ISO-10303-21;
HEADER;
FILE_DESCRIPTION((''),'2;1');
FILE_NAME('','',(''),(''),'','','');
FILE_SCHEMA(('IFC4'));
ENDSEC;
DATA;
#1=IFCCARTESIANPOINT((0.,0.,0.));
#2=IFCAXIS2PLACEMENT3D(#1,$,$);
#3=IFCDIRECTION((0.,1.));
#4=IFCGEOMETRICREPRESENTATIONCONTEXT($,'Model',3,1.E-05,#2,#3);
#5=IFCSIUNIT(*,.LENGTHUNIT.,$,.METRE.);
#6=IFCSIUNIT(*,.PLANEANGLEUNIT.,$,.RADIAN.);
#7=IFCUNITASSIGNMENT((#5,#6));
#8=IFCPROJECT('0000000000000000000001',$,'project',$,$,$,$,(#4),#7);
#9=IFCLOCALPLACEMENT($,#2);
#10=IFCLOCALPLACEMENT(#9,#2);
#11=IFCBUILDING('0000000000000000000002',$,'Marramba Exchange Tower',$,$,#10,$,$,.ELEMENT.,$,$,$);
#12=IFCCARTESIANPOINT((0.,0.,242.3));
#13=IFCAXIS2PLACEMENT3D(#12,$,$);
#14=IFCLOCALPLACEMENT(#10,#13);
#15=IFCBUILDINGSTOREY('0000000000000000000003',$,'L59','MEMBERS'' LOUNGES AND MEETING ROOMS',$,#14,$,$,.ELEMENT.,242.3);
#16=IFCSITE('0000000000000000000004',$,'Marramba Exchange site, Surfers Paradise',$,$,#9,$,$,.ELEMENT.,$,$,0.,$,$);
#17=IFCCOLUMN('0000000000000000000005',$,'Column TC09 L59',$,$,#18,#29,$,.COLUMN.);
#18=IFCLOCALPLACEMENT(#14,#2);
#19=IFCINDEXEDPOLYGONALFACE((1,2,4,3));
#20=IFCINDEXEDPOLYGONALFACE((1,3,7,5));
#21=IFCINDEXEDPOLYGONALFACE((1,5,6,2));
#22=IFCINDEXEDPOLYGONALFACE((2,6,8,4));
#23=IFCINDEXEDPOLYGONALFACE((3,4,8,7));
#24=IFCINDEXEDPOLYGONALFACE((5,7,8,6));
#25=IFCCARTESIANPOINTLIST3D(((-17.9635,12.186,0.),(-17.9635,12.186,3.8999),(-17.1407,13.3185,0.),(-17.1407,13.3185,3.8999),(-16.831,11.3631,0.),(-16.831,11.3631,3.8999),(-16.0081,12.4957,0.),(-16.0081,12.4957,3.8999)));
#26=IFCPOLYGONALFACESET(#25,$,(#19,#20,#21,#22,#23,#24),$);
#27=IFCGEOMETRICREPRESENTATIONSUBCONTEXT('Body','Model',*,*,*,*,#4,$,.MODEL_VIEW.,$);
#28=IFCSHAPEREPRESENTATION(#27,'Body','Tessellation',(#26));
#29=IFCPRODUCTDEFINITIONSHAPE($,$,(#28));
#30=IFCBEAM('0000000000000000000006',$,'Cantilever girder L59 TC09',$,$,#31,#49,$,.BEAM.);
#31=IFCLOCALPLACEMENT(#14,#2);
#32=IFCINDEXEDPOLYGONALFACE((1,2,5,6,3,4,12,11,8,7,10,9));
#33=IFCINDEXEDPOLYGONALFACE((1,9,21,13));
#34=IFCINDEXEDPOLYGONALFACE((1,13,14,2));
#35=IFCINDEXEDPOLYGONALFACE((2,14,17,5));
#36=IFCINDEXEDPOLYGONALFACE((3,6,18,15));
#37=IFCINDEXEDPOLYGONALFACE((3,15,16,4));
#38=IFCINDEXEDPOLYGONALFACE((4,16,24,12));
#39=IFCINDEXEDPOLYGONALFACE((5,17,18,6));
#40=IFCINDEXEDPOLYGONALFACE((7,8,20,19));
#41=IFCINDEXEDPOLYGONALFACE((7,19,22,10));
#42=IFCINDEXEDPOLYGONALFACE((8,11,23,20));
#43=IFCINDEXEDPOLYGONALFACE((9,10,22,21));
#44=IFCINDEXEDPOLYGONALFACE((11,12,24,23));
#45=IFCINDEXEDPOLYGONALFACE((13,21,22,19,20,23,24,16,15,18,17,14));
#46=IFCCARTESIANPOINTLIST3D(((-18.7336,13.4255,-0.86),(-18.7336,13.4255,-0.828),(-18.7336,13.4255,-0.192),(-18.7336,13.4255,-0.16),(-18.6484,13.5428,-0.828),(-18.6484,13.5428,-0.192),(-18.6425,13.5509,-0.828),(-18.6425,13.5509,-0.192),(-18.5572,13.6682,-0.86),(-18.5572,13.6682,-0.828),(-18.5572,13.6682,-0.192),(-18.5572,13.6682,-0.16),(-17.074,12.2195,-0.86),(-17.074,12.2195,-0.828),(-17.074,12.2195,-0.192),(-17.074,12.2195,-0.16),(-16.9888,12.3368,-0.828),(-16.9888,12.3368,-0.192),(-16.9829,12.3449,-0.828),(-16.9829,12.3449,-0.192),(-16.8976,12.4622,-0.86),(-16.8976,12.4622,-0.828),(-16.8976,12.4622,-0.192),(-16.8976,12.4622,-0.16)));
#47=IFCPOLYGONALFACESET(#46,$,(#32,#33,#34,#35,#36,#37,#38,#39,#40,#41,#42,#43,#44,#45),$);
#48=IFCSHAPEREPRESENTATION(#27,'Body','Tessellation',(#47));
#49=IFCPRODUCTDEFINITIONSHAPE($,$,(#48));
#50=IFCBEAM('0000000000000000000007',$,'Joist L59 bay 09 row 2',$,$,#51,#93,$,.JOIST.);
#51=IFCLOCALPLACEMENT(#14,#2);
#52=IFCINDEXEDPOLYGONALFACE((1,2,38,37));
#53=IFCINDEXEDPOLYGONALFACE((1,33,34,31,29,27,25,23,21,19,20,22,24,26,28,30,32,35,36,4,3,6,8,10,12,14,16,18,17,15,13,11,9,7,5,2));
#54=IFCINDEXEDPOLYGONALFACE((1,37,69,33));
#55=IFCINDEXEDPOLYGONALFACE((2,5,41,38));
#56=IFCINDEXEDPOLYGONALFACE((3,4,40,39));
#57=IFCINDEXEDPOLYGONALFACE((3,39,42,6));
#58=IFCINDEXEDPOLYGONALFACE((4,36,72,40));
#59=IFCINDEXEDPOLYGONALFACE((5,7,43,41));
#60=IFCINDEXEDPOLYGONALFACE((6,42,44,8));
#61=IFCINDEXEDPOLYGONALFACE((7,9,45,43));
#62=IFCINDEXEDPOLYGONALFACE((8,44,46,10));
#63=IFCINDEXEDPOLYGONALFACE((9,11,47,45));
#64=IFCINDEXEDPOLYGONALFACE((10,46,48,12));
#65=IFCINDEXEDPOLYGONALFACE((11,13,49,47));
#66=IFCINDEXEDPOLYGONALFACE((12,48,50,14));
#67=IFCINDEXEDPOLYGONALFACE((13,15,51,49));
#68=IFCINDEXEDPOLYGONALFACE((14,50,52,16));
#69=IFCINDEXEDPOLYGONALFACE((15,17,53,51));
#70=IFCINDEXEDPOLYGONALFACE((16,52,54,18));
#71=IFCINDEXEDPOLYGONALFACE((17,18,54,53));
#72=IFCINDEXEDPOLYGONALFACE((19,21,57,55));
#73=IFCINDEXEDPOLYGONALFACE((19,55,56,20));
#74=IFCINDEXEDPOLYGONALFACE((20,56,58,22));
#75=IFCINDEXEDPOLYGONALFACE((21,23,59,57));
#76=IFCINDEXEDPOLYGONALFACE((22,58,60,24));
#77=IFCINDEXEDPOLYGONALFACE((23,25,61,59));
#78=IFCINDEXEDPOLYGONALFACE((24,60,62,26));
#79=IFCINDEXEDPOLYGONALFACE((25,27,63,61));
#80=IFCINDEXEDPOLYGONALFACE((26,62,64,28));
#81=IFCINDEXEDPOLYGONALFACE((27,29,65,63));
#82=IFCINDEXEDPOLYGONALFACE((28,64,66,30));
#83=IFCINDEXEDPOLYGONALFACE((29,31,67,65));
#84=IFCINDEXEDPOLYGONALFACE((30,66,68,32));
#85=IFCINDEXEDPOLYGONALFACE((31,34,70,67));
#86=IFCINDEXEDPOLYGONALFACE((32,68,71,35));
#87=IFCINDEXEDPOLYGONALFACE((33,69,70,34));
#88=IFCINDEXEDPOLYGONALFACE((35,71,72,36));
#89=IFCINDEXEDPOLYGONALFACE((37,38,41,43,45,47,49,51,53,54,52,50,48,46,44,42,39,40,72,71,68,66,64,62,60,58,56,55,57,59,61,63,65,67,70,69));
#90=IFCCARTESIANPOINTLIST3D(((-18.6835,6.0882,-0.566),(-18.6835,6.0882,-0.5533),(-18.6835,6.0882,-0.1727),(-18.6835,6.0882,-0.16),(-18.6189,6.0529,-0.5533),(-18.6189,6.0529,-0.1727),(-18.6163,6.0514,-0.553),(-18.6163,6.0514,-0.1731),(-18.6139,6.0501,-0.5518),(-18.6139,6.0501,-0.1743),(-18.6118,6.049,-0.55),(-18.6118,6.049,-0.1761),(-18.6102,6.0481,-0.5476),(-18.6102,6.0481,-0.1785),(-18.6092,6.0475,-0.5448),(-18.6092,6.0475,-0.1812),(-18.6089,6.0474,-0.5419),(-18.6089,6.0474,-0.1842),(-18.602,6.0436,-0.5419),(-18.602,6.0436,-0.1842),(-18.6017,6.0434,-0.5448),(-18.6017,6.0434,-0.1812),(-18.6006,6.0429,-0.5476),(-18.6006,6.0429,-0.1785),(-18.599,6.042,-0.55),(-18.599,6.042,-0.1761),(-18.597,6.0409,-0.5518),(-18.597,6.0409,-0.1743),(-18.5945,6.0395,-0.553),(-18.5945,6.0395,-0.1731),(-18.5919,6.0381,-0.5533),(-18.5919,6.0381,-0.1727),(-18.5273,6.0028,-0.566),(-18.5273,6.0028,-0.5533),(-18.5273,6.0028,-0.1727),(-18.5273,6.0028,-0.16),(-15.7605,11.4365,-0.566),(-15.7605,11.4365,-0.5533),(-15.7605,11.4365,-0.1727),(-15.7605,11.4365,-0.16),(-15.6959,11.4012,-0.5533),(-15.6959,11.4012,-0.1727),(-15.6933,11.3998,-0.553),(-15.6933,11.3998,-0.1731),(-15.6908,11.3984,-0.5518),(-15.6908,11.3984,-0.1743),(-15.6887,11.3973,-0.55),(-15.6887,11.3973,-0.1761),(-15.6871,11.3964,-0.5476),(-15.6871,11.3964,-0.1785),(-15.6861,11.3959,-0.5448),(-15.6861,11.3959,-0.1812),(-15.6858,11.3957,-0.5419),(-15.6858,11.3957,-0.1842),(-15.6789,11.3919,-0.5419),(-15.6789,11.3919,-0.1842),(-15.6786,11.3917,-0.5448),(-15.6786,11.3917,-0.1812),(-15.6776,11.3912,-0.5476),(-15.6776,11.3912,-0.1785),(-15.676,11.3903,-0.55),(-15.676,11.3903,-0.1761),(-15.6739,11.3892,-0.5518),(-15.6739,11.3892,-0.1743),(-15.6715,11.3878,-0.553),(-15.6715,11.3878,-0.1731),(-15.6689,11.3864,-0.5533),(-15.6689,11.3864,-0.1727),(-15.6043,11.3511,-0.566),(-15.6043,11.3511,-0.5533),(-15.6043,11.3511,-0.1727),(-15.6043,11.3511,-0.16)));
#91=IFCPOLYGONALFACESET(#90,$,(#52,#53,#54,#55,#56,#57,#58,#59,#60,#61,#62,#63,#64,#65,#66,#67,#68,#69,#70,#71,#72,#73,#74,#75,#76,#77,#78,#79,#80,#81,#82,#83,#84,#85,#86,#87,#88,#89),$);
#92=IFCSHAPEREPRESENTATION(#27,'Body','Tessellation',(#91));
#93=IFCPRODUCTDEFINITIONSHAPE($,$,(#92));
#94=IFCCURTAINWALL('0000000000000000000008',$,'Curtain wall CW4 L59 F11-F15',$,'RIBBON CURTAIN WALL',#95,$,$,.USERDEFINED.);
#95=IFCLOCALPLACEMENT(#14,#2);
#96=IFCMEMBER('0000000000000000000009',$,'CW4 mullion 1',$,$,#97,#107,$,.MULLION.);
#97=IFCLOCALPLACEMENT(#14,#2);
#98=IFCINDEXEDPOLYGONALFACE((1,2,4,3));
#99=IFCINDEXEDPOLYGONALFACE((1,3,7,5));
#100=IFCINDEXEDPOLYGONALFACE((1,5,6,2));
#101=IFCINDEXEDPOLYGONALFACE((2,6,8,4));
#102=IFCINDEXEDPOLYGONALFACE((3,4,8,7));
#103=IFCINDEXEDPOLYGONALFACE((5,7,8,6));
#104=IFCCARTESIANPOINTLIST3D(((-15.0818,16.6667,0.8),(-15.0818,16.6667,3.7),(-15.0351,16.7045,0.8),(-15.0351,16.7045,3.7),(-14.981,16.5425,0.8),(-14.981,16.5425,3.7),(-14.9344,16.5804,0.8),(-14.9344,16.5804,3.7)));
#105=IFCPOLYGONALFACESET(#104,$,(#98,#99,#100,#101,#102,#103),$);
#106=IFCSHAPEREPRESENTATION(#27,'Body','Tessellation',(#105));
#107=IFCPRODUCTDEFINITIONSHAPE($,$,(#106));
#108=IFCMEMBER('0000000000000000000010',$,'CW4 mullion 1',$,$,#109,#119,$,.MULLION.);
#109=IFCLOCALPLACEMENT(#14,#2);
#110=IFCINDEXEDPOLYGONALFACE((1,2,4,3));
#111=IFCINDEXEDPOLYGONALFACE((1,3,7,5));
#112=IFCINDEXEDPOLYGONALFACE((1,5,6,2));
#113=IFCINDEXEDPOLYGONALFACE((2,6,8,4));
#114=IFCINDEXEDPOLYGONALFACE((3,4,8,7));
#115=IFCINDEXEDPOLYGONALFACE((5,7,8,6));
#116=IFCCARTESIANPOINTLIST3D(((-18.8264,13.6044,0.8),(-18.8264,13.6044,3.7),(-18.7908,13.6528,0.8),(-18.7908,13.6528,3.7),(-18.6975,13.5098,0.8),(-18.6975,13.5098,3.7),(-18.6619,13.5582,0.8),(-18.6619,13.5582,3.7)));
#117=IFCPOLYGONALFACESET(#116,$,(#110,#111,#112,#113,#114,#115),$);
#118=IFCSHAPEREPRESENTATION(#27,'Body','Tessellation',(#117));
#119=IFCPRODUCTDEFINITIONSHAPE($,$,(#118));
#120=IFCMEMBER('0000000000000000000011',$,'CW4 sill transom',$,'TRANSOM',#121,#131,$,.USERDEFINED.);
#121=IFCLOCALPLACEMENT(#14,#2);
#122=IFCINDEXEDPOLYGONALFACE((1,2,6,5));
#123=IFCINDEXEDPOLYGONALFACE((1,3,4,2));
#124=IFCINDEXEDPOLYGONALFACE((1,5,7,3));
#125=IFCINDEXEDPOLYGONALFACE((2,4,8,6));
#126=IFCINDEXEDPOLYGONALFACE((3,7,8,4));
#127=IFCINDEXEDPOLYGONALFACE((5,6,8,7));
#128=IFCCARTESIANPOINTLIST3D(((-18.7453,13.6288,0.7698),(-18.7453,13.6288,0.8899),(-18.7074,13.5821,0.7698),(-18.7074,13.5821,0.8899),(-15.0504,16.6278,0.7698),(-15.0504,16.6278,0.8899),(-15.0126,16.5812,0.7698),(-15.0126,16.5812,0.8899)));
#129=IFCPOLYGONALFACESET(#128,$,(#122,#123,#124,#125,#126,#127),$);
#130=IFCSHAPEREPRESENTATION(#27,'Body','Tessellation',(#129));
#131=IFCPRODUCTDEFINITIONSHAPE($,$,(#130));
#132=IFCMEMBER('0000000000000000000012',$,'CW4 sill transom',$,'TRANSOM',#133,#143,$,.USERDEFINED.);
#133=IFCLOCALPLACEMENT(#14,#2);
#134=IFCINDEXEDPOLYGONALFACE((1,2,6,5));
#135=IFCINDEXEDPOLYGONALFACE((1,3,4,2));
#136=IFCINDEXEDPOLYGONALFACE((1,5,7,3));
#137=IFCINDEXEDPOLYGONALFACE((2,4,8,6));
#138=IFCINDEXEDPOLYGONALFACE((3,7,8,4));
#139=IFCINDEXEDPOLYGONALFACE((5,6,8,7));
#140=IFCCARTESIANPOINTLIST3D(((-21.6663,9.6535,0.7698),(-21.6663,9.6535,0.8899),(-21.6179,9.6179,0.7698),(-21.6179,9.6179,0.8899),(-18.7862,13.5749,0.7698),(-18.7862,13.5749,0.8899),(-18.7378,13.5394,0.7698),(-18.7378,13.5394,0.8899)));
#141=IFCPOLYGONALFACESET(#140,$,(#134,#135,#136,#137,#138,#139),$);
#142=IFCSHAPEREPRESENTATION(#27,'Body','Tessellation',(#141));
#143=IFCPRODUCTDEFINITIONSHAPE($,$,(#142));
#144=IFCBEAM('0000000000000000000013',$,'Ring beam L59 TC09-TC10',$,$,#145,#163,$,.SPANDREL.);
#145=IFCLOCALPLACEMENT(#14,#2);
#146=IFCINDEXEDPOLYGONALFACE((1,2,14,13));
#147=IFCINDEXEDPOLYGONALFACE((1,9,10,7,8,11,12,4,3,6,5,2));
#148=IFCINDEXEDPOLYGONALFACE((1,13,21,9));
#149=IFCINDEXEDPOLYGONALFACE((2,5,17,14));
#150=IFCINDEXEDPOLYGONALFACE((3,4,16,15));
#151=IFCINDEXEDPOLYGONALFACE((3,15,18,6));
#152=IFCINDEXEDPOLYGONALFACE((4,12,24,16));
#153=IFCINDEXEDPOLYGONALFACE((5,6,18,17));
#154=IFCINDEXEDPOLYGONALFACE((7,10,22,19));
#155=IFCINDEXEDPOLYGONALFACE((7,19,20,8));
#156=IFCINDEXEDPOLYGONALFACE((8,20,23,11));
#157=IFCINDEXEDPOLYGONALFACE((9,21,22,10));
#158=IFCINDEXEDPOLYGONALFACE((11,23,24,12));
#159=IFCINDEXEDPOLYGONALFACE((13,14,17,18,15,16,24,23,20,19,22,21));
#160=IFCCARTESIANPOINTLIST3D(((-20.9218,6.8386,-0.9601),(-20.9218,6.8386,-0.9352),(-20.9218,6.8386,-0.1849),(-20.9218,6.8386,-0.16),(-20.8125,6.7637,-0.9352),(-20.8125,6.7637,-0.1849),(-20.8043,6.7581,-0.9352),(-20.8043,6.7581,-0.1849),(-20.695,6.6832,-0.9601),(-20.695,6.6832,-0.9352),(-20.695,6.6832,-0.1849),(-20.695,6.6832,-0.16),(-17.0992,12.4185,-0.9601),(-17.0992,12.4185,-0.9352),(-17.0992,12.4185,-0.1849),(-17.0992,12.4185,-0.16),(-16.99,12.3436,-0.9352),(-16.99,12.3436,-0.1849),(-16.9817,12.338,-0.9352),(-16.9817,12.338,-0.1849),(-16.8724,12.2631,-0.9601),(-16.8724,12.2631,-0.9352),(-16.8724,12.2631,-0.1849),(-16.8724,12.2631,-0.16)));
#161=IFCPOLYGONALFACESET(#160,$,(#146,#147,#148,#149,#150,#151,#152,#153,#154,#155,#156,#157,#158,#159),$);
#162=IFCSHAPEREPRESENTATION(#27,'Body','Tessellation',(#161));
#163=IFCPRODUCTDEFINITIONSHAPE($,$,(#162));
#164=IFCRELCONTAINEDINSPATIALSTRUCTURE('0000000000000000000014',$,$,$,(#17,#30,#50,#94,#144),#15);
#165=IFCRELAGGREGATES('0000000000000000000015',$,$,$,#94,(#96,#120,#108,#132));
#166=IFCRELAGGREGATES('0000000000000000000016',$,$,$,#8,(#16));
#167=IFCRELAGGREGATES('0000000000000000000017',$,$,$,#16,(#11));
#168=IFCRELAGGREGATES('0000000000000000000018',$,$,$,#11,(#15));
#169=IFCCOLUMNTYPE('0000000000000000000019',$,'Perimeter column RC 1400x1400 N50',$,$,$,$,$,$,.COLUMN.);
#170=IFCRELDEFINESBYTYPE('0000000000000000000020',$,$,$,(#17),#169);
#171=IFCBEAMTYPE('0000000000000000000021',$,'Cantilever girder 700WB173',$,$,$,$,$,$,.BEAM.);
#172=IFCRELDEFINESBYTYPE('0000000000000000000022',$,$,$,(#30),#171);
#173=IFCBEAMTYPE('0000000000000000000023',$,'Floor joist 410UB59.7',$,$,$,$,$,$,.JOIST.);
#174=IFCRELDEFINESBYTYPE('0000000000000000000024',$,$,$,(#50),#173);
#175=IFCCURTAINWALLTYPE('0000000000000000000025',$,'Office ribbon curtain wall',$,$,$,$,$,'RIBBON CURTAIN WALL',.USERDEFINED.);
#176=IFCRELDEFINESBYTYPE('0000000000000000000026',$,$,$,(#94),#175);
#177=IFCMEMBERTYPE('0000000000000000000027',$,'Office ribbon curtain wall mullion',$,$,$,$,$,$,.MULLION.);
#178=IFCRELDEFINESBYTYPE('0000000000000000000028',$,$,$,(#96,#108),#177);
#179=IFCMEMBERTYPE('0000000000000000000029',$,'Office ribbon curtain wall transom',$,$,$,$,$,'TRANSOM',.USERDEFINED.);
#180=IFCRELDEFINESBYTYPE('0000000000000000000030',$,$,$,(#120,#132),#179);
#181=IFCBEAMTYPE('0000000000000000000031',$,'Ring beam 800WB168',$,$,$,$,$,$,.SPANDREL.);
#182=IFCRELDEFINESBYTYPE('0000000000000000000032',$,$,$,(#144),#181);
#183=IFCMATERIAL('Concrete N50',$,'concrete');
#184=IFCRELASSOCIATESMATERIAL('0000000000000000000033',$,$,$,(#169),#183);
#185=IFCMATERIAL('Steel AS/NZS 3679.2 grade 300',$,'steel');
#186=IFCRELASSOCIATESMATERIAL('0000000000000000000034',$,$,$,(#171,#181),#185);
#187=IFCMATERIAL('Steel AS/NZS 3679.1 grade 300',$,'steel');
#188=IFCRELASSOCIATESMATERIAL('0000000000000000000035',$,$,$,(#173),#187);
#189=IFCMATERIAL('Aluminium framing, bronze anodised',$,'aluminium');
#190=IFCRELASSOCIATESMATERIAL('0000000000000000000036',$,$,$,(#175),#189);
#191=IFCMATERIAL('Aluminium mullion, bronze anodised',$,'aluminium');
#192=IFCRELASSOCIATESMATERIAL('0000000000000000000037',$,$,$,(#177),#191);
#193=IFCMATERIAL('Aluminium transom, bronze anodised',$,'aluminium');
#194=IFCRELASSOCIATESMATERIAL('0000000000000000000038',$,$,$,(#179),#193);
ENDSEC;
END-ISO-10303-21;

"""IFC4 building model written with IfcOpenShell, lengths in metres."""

from ifc_helpers import new_model, si_unit, direction, frame, origin, origin_2d, place, context, subcontext, project, spatial, rectangle, i_section, extrude, material, material_profile, profile_set, type_object, element, aggregate, save


model = new_model("IFC4")

# Units and contexts
model_context = context("Model", 3, precision=1e-05, world=origin(), true_north=direction((0.0, 1.0)))
body_context = subcontext(model_context, "Body", "Model", "MODEL_VIEW")
ifc_project = project(units=[si_unit("LENGTHUNIT", "METRE"), si_unit("PLANEANGLEUNIT", "RADIAN")], contexts=[model_context])

# Site, building, storey
site_placement = place(None, origin())
site = spatial("IfcSite", under=ifc_project, at=site_placement, Name="Marramba Exchange site, Surfers Paradise", CompositionType="ELEMENT", RefElevation=0.0)
building_placement = place(site_placement, origin())
building = spatial("IfcBuilding", under=site, at=building_placement, Name="Marramba Exchange Tower", CompositionType="ELEMENT")
storey_placement = place(building_placement, frame((0.0, 0.0, 242.3)))
storey = spatial("IfcBuildingStorey", under=building, at=storey_placement, Name="L59", Description="MEMBERS' LOUNGES AND MEETING ROOMS", CompositionType="ELEMENT", Elevation=242.3)

# Column
ifc_material_1 = material(Name="Concrete N50", Category="concrete")
ifc_material_profile_1 = material_profile(ifc_material_1, rectangle(XDim=1.3999, YDim=1.3999, at=origin_2d()), Name="RC 1400x1400")
ifc_profile_set_1 = profile_set([ifc_material_profile_1], Name="Concrete N50")
column_type = type_object("IfcColumnType", Name="Perimeter column RC 1400x1400 N50", PredefinedType="COLUMN", material=ifc_profile_set_1)
column_placement = place(storey_placement, frame((-16.9858, 12.3408, 0.0), z_axis=(0.0, 0.0, 1.0), x_axis=(-0.809017, 0.587785, 0.0)))
element("IfcColumn", 1, at=column_placement, inside=storey, type_object=column_type, Name="Column TC09 L59", PredefinedType="COLUMN", context=body_context, shape_type="SweptSolid", body=[
    extrude(rectangle(XDim=1.3999, YDim=1.3999, at=origin_2d()), origin(), (0.0, 0.0, 1.0), 3.8999),
])

# Beams
ifc_material_2 = material(Name="Steel AS/NZS 3679.2 grade 300", Category="steel")
ifc_material_profile_2 = material_profile(ifc_material_2, i_section(OverallWidth=0.3, OverallDepth=0.7, WebThickness=0.01, FlangeThickness=0.032, at=origin_2d()), Name="700WB173")
ifc_profile_set_2 = profile_set([ifc_material_profile_2], Name="Steel AS/NZS 3679.2 grade 300")
beam_type_1 = type_object("IfcBeamType", Name="Cantilever girder 700WB173", PredefinedType="BEAM", material=ifc_profile_set_2)
beam_1_placement = place(storey_placement, frame((-16.9858, 12.3408, -0.51), z_axis=(-0.808962, 0.58786, 0.0), x_axis=(-0.58786, -0.808962, 0.0)))
element("IfcBeam", 2, at=beam_1_placement, inside=storey, type_object=beam_type_1, Name="Cantilever girder L59 TC09", PredefinedType="BEAM", context=body_context, shape_type="SweptSolid", body=[
    extrude(i_section(OverallWidth=0.3, OverallDepth=0.7, WebThickness=0.01, FlangeThickness=0.032, at=origin_2d()), origin(), (0.0, 0.0, 1.0), 2.0515),
])
ifc_material_3 = material(Name="Steel AS/NZS 3679.1 grade 300", Category="steel")
ifc_material_profile_3 = material_profile(ifc_material_3, i_section(OverallWidth=0.178, OverallDepth=0.406, WebThickness=0.0078, FlangeThickness=0.0127, FilletRadius=0.0115, at=origin_2d()), Name="410UB59.7")
ifc_profile_set_3 = profile_set([ifc_material_profile_3], Name="Steel AS/NZS 3679.1 grade 300")
beam_type_2 = type_object("IfcBeamType", Name="Floor joist 410UB59.7", PredefinedType="JOIST", material=ifc_profile_set_3)
beam_2_placement = place(storey_placement, frame((-15.6824, 11.3938, -0.363), z_axis=(-0.479584, -0.877496, 0.0), x_axis=(0.877496, -0.479584, 0.0)))
element("IfcBeam", 3, at=beam_2_placement, inside=storey, type_object=beam_type_2, Name="Joist L59 bay 09 row 2", PredefinedType="JOIST", context=body_context, shape_type="SweptSolid", body=[
    extrude(i_section(OverallWidth=0.178, OverallDepth=0.406, WebThickness=0.0078, FlangeThickness=0.0127, FilletRadius=0.0115, at=origin_2d()), origin(), (0.0, 0.0, 1.0), 6.095),
])

# Curtain wall, members
ifc_material_4 = material(Name="Aluminium framing, bronze anodised", Category="aluminium")
curtain_wall_type = type_object("IfcCurtainWallType", Name="Office ribbon curtain wall", ElementType="RIBBON CURTAIN WALL", PredefinedType="USERDEFINED", material=ifc_material_4)
curtain_wall_placement = place(storey_placement, origin())
curtain_wall = element("IfcCurtainWall", 4, at=curtain_wall_placement, inside=storey, type_object=curtain_wall_type, Name="Curtain wall CW4 L59 F11-F15", ObjectType="RIBBON CURTAIN WALL", PredefinedType="USERDEFINED")
ifc_material_5 = material(Name="Aluminium mullion, bronze anodised", Category="aluminium")
ifc_material_profile_4 = material_profile(ifc_material_5, rectangle(XDim=0.1599, YDim=0.0601, at=origin_2d()), Name="CW4 mullion 60x160")
ifc_profile_set_4 = profile_set([ifc_material_profile_4], Name="Aluminium mullion, bronze anodised")
member_type_1 = type_object("IfcMemberType", Name="Office ribbon curtain wall mullion", PredefinedType="MULLION", material=ifc_profile_set_4)
member_1_placement = place(storey_placement, frame((-15.0081, 16.6235, 0.8), z_axis=(0.0, 0.0, 1.0), x_axis=(0.630201, -0.776432, 0.0)))
member_1 = element("IfcMember", 5, at=member_1_placement, type_object=member_type_1, Name="CW4 mullion 1", PredefinedType="MULLION", context=body_context, shape_type="SweptSolid", body=[
    extrude(rectangle(XDim=0.1599, YDim=0.0601, at=origin_2d()), origin(), (0.0, 0.0, 1.0), 2.8999),
])
member_2_placement = place(storey_placement, frame((-18.7441, 13.5813, 0.8), z_axis=(0.0, 0.0, 1.0), x_axis=(0.805965, -0.591963, 0.0)))
member_2 = element("IfcMember", 6, at=member_2_placement, type_object=member_type_1, Name="CW4 mullion 1", PredefinedType="MULLION", context=body_context, shape_type="SweptSolid", body=[
    extrude(rectangle(XDim=0.1599, YDim=0.0601, at=origin_2d()), origin(), (0.0, 0.0, 1.0), 2.8999),
])
ifc_material_6 = material(Name="Aluminium transom, bronze anodised", Category="aluminium")
ifc_material_profile_5 = material_profile(ifc_material_6, rectangle(XDim=0.0601, YDim=0.1201, at=origin_2d()), Name="CW4 transom 60x120")
ifc_profile_set_5 = profile_set([ifc_material_profile_5], Name="Aluminium transom, bronze anodised")
member_type_2 = type_object("IfcMemberType", Name="Office ribbon curtain wall transom", ElementType="TRANSOM", PredefinedType="USERDEFINED", material=ifc_profile_set_5)
member_3_placement = place(storey_placement, frame((-15.0315, 16.6045, 0.8298), z_axis=(-0.776425, -0.63021, 0.0), x_axis=(0.63021, -0.776425, 0.0)))
member_3 = element("IfcMember", 7, at=member_3_placement, type_object=member_type_2, Name="CW4 sill transom", ObjectType="TRANSOM", PredefinedType="USERDEFINED", context=body_context, shape_type="SweptSolid", body=[
    extrude(rectangle(XDim=0.0601, YDim=0.1201, at=origin_2d()), origin(), (0.0, 0.0, 1.0), 4.7588),
])
member_4_placement = place(storey_placement, frame((-18.762, 13.5571, 0.8298), z_axis=(-0.591957, -0.805969, 0.0), x_axis=(0.805969, -0.591957, 0.0)))
member_4 = element("IfcMember", 8, at=member_4_placement, type_object=member_type_2, Name="CW4 sill transom", ObjectType="TRANSOM", PredefinedType="USERDEFINED", context=body_context, shape_type="SweptSolid", body=[
    extrude(rectangle(XDim=0.0601, YDim=0.1201, at=origin_2d()), origin(), (0.0, 0.0, 1.0), 4.8655),
])

# Beam
ifc_material_profile_6 = material_profile(ifc_material_2, i_section(OverallWidth=0.2749, OverallDepth=0.8, WebThickness=0.01, FlangeThickness=0.0249, at=origin_2d()), Name="800WB168")
ifc_profile_set_6 = profile_set([ifc_material_profile_6], Name="Steel AS/NZS 3679.2 grade 300")
beam_type_3 = type_object("IfcBeamType", Name="Ring beam 800WB168", PredefinedType="SPANDREL", material=ifc_profile_set_6)
beam_3_placement = place(storey_placement, frame((-16.9858, 12.3408, -0.5601), z_axis=(-0.56516, -0.824981, 0.0), x_axis=(0.824981, -0.56516, 0.0)))
element("IfcBeam", 9, at=beam_3_placement, inside=storey, type_object=beam_type_3, Name="Ring beam L59 TC09-TC10", PredefinedType="SPANDREL", context=body_context, shape_type="SweptSolid", body=[
    extrude(i_section(OverallWidth=0.2749, OverallDepth=0.8, WebThickness=0.01, FlangeThickness=0.0249, at=origin_2d()), origin(), (0.0, 0.0, 1.0), 6.7637),
])

aggregate(curtain_wall, [member_1, member_3, member_2, member_4])

save(model, "model.ifc")
